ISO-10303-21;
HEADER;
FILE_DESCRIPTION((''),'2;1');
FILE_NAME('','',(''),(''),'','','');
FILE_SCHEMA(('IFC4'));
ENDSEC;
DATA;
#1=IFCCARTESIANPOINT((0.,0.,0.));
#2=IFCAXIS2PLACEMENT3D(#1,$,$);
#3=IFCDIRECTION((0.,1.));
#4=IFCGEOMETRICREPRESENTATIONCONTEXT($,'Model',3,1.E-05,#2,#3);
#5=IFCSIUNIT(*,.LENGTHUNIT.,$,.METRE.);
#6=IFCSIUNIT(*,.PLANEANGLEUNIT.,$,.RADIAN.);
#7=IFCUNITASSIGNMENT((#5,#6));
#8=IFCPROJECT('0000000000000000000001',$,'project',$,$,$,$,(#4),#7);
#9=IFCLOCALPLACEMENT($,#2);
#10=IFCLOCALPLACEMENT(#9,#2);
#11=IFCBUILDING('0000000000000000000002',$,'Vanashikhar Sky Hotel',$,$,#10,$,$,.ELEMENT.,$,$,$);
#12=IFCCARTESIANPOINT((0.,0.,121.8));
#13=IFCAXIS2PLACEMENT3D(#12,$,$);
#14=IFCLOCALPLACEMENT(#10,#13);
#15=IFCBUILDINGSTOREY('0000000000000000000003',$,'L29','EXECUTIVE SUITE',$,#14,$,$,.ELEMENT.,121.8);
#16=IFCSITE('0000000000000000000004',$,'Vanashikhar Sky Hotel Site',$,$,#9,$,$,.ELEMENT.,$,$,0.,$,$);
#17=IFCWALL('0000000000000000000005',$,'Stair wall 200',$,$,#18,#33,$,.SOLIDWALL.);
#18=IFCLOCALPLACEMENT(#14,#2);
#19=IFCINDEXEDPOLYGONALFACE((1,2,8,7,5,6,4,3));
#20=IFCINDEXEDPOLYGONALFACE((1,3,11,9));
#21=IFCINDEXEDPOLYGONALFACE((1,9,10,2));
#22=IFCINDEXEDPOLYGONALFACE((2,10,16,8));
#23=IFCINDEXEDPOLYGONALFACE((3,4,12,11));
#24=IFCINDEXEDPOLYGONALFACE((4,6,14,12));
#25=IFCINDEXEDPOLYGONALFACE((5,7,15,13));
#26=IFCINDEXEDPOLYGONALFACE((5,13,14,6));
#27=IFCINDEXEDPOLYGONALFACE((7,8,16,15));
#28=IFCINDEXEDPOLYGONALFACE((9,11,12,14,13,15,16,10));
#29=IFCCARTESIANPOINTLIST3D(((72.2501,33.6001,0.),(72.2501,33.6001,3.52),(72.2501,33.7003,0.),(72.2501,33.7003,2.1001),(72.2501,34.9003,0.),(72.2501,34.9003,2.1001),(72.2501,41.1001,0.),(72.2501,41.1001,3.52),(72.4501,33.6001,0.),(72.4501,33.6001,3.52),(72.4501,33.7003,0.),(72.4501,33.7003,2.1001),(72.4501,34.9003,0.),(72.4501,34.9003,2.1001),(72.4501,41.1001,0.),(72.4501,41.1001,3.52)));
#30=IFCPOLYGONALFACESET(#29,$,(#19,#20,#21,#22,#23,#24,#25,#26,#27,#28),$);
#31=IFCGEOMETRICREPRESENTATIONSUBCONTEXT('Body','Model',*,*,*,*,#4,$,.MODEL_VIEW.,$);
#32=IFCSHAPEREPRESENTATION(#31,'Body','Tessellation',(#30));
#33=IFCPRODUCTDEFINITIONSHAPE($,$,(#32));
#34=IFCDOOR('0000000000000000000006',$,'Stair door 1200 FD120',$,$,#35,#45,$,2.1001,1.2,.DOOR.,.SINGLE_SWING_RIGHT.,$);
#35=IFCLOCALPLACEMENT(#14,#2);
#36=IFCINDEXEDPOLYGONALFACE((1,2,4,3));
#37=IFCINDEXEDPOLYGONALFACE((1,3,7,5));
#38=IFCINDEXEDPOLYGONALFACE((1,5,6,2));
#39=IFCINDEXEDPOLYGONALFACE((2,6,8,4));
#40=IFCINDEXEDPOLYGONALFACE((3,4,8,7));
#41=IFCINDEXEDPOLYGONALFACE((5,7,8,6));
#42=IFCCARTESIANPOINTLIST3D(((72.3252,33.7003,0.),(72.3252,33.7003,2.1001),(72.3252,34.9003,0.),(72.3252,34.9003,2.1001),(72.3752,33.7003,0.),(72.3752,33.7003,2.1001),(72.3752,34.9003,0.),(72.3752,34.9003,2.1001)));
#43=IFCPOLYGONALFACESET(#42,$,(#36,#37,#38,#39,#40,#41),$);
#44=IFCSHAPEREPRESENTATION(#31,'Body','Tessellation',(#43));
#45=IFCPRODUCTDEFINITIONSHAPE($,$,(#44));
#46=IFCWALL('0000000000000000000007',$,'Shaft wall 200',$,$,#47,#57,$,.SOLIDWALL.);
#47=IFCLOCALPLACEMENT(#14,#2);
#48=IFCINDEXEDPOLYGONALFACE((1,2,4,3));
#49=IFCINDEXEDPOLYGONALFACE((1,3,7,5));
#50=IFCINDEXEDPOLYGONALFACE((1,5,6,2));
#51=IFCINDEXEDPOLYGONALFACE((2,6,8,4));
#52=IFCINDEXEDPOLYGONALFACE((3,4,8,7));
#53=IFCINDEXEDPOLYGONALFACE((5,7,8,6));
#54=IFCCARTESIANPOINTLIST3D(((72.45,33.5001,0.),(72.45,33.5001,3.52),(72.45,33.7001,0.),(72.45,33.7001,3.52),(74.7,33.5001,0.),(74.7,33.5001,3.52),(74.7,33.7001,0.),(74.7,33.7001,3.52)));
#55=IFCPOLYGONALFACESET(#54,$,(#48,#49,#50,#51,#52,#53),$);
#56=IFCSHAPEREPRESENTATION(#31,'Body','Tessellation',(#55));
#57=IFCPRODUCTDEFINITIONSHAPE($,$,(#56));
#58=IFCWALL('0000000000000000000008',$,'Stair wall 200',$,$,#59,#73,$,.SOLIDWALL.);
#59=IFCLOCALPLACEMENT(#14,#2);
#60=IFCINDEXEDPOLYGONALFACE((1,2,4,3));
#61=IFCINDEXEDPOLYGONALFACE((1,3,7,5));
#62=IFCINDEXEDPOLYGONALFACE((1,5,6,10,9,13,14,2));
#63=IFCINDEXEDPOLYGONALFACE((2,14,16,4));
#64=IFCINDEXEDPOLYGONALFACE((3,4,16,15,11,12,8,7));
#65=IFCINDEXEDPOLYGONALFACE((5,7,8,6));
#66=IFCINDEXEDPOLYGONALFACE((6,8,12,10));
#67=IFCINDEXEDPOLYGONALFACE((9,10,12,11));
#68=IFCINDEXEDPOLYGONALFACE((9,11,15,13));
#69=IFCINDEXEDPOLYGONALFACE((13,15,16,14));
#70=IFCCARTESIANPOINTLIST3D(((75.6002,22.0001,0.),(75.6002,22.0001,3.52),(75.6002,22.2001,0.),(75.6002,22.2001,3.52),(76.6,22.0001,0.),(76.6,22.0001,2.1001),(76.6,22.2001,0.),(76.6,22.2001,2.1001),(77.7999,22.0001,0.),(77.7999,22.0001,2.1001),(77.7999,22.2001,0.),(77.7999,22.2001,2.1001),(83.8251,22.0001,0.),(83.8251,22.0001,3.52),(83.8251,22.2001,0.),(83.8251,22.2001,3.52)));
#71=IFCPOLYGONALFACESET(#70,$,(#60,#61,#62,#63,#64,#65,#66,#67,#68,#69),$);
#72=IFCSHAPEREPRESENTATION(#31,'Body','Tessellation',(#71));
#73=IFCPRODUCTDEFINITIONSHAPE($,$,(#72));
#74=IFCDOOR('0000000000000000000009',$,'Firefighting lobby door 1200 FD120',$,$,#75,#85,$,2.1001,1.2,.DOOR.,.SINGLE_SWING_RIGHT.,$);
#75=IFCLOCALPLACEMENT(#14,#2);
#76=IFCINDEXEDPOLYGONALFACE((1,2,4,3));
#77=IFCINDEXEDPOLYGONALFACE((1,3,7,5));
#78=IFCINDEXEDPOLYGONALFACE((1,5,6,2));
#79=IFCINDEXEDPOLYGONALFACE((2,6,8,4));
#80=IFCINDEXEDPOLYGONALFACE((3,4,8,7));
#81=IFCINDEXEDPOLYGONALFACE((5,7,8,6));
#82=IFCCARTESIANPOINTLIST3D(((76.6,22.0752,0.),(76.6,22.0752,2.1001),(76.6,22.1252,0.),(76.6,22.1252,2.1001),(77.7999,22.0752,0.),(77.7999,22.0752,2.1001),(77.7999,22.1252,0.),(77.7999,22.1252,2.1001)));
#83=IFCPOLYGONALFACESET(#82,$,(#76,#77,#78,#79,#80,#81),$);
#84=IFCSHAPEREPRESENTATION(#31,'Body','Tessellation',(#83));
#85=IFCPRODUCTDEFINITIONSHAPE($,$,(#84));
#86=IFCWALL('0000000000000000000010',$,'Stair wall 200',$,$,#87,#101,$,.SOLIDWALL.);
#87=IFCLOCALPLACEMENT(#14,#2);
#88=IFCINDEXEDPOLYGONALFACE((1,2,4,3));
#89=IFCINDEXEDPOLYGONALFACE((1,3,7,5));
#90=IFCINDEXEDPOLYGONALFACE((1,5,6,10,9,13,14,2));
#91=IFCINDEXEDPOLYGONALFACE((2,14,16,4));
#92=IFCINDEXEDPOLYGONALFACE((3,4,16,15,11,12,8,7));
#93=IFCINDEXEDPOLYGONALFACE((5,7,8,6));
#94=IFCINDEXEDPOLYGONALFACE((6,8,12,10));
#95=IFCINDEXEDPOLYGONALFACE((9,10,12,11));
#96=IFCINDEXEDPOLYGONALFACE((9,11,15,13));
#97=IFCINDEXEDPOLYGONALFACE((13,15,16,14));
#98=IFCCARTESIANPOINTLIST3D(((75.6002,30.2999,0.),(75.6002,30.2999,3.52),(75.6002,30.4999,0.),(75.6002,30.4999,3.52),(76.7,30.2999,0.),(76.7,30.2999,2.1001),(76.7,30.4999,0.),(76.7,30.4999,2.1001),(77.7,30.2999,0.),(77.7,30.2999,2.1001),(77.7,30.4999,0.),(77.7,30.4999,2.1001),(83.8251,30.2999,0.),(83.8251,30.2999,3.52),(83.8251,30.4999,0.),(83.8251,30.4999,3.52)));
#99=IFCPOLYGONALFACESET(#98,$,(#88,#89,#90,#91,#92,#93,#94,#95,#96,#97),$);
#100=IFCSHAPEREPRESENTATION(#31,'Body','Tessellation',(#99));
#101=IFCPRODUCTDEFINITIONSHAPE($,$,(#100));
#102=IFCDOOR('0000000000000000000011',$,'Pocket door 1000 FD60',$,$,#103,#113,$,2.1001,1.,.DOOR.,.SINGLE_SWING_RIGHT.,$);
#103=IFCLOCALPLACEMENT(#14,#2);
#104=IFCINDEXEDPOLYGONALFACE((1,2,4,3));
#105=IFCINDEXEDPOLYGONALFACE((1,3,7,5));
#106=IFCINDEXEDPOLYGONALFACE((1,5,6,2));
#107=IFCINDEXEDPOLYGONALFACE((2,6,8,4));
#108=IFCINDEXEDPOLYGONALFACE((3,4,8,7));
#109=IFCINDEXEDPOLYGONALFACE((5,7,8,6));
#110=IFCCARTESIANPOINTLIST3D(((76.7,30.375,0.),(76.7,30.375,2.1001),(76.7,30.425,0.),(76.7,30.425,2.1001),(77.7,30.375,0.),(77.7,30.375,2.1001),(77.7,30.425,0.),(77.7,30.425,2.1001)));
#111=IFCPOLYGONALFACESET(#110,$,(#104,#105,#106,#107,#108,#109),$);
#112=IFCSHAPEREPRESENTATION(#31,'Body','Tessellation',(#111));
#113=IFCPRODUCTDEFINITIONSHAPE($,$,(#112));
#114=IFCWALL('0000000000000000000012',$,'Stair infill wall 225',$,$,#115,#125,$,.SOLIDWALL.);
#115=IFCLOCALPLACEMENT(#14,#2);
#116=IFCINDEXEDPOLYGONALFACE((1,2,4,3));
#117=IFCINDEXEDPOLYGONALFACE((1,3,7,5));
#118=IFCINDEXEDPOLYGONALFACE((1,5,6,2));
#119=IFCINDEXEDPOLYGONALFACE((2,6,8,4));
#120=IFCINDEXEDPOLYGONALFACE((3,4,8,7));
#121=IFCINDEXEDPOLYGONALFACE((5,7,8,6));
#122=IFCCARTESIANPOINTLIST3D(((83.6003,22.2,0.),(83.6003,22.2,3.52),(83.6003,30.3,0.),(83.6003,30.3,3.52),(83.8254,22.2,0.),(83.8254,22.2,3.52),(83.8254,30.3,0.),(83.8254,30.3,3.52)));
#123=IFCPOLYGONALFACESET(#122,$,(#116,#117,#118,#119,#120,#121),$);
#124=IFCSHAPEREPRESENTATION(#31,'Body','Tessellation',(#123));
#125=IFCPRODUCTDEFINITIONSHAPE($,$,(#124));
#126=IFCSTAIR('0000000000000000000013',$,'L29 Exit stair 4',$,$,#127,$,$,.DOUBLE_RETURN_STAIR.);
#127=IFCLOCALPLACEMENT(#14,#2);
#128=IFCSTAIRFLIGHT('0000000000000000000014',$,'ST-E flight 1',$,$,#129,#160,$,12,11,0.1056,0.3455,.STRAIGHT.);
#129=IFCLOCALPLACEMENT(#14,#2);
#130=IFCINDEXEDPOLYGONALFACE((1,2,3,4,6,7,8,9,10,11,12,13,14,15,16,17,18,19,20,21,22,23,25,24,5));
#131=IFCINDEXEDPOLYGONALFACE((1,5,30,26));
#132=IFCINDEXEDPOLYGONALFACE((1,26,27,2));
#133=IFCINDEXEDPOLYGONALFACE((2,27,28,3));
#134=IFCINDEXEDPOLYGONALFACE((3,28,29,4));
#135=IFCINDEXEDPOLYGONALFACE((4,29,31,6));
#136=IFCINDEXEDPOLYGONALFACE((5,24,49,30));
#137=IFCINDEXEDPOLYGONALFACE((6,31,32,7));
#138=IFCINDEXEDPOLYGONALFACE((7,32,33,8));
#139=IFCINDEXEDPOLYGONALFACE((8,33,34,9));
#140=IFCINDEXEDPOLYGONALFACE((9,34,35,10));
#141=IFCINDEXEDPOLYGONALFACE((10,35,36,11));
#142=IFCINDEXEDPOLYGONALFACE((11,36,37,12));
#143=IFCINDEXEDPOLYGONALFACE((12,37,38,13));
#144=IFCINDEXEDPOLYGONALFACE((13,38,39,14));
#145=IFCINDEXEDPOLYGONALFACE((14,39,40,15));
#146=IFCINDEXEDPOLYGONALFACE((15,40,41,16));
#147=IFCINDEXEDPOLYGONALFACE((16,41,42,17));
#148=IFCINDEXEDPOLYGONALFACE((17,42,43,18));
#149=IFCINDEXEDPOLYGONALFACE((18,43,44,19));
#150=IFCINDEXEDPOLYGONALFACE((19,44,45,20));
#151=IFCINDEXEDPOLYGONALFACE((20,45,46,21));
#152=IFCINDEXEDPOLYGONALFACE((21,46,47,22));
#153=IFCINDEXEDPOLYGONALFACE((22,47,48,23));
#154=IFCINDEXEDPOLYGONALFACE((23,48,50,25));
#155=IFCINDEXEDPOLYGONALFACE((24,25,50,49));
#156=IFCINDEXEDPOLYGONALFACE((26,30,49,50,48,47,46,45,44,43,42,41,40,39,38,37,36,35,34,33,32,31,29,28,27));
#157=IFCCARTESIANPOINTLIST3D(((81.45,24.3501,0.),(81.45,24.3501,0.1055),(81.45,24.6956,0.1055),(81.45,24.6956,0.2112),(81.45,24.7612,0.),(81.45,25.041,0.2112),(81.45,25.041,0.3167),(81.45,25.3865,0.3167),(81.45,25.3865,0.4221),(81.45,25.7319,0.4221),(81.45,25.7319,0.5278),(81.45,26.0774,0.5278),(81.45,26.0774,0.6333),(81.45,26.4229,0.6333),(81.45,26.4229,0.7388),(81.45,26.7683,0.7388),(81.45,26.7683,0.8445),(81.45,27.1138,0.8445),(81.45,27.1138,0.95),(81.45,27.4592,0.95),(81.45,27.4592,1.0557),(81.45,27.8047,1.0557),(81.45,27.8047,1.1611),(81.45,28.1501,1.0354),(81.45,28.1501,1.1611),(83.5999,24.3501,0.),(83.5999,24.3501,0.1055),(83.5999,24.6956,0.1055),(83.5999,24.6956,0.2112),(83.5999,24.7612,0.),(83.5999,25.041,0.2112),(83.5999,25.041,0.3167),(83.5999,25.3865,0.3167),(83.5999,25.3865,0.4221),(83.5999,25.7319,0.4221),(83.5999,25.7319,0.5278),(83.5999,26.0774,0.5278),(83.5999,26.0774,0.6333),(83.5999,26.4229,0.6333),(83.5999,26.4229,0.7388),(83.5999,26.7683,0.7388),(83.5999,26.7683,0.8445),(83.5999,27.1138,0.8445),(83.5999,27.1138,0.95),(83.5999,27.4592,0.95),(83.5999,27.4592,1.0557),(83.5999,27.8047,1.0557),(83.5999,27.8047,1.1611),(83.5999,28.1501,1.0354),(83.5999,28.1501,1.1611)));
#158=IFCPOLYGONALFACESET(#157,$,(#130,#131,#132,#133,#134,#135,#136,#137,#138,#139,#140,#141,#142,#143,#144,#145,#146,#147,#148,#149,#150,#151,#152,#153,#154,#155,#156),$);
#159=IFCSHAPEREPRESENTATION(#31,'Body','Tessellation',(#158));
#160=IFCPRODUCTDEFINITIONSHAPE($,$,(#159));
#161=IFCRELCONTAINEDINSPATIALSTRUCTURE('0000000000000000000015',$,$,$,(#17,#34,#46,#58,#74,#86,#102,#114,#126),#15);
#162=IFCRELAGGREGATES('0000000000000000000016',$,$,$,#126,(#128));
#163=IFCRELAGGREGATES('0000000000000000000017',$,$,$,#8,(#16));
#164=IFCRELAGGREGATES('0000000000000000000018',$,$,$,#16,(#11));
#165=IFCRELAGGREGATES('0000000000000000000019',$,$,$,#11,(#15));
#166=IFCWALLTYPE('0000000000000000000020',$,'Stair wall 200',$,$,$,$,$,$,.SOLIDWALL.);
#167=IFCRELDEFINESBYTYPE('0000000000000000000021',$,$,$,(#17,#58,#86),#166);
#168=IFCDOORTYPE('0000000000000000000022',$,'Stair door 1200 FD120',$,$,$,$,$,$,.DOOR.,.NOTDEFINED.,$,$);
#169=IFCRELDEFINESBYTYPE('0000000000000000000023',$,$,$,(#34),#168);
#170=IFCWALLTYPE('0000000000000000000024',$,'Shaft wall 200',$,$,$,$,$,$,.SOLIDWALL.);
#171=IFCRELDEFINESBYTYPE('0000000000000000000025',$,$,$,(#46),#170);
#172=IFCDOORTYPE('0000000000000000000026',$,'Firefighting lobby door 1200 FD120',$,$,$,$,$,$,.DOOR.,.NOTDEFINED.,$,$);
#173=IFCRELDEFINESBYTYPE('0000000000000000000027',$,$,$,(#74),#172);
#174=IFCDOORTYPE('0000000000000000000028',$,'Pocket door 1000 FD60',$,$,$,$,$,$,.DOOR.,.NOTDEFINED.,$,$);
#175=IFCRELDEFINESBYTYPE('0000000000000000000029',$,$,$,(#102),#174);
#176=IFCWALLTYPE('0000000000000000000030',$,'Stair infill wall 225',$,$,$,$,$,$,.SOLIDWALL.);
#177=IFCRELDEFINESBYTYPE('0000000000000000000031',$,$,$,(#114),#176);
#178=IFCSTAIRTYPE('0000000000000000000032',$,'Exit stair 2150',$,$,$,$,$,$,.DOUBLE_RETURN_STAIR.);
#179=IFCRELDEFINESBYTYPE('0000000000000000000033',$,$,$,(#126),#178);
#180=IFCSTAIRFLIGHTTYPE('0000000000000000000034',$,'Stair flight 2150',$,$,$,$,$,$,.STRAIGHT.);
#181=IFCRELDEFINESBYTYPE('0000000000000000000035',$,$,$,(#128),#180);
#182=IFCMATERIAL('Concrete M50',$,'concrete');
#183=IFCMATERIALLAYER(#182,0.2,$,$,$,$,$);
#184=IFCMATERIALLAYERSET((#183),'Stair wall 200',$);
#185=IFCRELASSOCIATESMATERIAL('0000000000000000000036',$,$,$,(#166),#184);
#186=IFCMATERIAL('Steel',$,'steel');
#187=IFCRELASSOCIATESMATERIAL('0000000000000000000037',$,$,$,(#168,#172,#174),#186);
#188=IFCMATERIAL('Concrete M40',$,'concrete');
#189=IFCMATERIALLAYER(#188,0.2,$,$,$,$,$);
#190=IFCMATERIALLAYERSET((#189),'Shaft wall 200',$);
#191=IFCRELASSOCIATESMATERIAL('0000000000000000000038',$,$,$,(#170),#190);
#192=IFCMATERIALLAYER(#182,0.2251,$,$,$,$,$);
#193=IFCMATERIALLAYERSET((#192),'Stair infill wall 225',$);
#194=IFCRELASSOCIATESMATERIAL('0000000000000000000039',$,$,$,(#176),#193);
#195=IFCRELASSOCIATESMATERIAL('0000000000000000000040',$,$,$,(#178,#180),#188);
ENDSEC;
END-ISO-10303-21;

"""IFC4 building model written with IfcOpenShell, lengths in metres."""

from ifc_helpers import new_model, si_unit, direction, frame, frame_2d, origin, place, context, subcontext, project, spatial, polyline, rectangle, outline, extrude, source, transform, mapped, material, layer, layer_set, type_object, element, fill, aggregate, save


model = new_model("IFC4")

# Units and contexts
model_context = context("Model", 3, precision=1e-05, world=origin(), true_north=direction((0.0, 1.0)))
body_context = subcontext(model_context, "Body", "Model", "MODEL_VIEW")
ifc_project = project(units=[si_unit("LENGTHUNIT", "METRE"), si_unit("PLANEANGLEUNIT", "RADIAN")], contexts=[model_context])

# Site, building, storey
site_placement = place(None, origin())
site = spatial("IfcSite", under=ifc_project, at=site_placement, Name="Vanashikhar Sky Hotel Site", CompositionType="ELEMENT", RefElevation=0.0)
building_placement = place(site_placement, origin())
building = spatial("IfcBuilding", under=site, at=building_placement, Name="Vanashikhar Sky Hotel", CompositionType="ELEMENT")
storey_placement = place(building_placement, frame((0.0, 0.0, 121.8)))
storey = spatial("IfcBuildingStorey", under=building, at=storey_placement, Name="L29", Description="EXECUTIVE SUITE", CompositionType="ELEMENT", Elevation=121.8)

# Shared definitions
ifc_material_1 = material(Name="Concrete M50", Category="concrete")

# Shared definitions
ifc_material_2 = material(Name="Steel", Category="steel")
shared_shape_1 = source(origin(), body_context, "Body", "SweptSolid", [
    extrude(rectangle(XDim=1.0, YDim=2.1001, at=frame_2d((0.5, 1.05))), frame((0.0, 0.0249, 0.0), z_axis=(0.0, -1.0, 0.0), x_axis=(1.0, 0.0, 0.0)), (0.0, 0.0, 1.0), 0.05),
])
shared_shape_2 = source(origin(), body_context, "Body", "SweptSolid", [
    extrude(rectangle(XDim=1.2, YDim=2.1001, at=frame_2d((0.6001, 1.05))), frame((0.0, 0.0249, 0.0), z_axis=(0.0, -1.0, 0.0), x_axis=(1.0, 0.0, 0.0)), (0.0, 0.0, 1.0), 0.05),
])

# Shared definitions
ifc_layer_1 = layer(ifc_material_1, 0.2)
ifc_layer_set_1 = layer_set([ifc_layer_1], Name="Stair wall 200")
wall_type_1 = type_object("IfcWallType", Name="Stair wall 200", PredefinedType="SOLIDWALL", material=ifc_layer_set_1)
shared_shape_3 = source(origin(), body_context, "Body", "SweptSolid", [
    extrude(rectangle(XDim=1.2, YDim=2.1001, at=frame_2d((0.6001, 1.05))), frame((0.0, 0.1099, 0.0), z_axis=(0.0, -1.0, 0.0), x_axis=(1.0, 0.0, 0.0)), (0.0, 0.0, 1.0), 0.22),
])
door_type_1 = type_object("IfcDoorType", Name="Stair door 1200 FD120", OperationType="NOTDEFINED", PredefinedType="DOOR", material=ifc_material_2)

# Shared definitions
ifc_material_3 = material(Name="Concrete M40", Category="concrete")
ifc_layer_2 = layer(ifc_material_3, 0.2)
ifc_layer_set_2 = layer_set([ifc_layer_2], Name="Shaft wall 200")
wall_type_2 = type_object("IfcWallType", Name="Shaft wall 200", PredefinedType="SOLIDWALL", material=ifc_layer_set_2)

# Wall, opening, door
shared_shape_4 = source(origin(), body_context, "Body", "SweptSolid", [
    extrude(rectangle(XDim=7.5, YDim=0.2, at=frame_2d((3.75, 0.0))), origin(), (0.0, 0.0, 1.0), 3.52),
])
wall_1_placement = place(storey_placement, frame((72.3501, 33.6001, 0.0), z_axis=(0.0, 0.0, 1.0), x_axis=(0.0, 1.0, 0.0)))
wall_1 = element("IfcWall", 1, at=wall_1_placement, inside=storey, type_object=wall_type_1, Name="Stair wall 200", PredefinedType="SOLIDWALL", context=body_context, shape_type="MappedRepresentation", body=[
    mapped(shared_shape_4, transform((0.0, 0.0, 0.0), scale=1.0)),
])
opening_1_placement = place(wall_1_placement, frame((0.1001, 0.0, 0.0)))
opening_1 = element("IfcOpeningElement", 2, at=opening_1_placement, cuts=wall_1, PredefinedType="OPENING", context=body_context, shape_type="MappedRepresentation", body=[
    mapped(shared_shape_3, transform((0.0, 0.0, 0.0), scale=1.0)),
])
door_1_placement = place(opening_1_placement, origin())
door_1 = element("IfcDoor", 3, at=door_1_placement, inside=storey, type_object=door_type_1, Name="Stair door 1200 FD120", OperationType="SINGLE_SWING_RIGHT", OverallHeight=2.1001, OverallWidth=1.2, PredefinedType="DOOR", context=body_context, shape_type="MappedRepresentation", body=[
    mapped(shared_shape_2, transform((0.0, 0.0, 0.0), scale=1.0)),
])
fill(opening_1, door_1)

# Wall
shared_shape_5 = source(origin(), body_context, "Body", "SweptSolid", [
    extrude(rectangle(XDim=2.25, YDim=0.2, at=frame_2d((1.125, 0.0))), origin(), (0.0, 0.0, 1.0), 3.52),
])
wall_2_placement = place(storey_placement, frame((72.45, 33.6001, 0.0), z_axis=(0.0, 0.0, 1.0), x_axis=(1.0, 0.0, 0.0)))
element("IfcWall", 4, at=wall_2_placement, inside=storey, type_object=wall_type_2, Name="Shaft wall 200", PredefinedType="SOLIDWALL", context=body_context, shape_type="MappedRepresentation", body=[
    mapped(shared_shape_5, transform((0.0, 0.0, 0.0), scale=1.0)),
])

# Walls, openings, doors
shared_shape_6 = source(origin(), body_context, "Body", "SweptSolid", [
    extrude(rectangle(XDim=8.2249, YDim=0.2, at=frame_2d((4.1123, 0.0))), origin(), (0.0, 0.0, 1.0), 3.52),
])
wall_3_placement = place(storey_placement, frame((83.825, 22.1001, 0.0), z_axis=(0.0, 0.0, 1.0), x_axis=(-1.0, 0.0, 0.0)))
wall_3 = element("IfcWall", 5, at=wall_3_placement, inside=storey, type_object=wall_type_1, Name="Stair wall 200", PredefinedType="SOLIDWALL", context=body_context, shape_type="MappedRepresentation", body=[
    mapped(shared_shape_6, transform((0.0, 0.0, 0.0), scale=1.0)),
])
opening_2_placement = place(wall_3_placement, frame((6.0249, 0.0, 0.0)))
opening_2 = element("IfcOpeningElement", 6, at=opening_2_placement, cuts=wall_3, PredefinedType="OPENING", context=body_context, shape_type="MappedRepresentation", body=[
    mapped(shared_shape_3, transform((0.0, 0.0, 0.0), scale=1.0)),
])
door_type_2 = type_object("IfcDoorType", Name="Firefighting lobby door 1200 FD120", OperationType="NOTDEFINED", PredefinedType="DOOR", material=ifc_material_2)
door_2_placement = place(opening_2_placement, origin())
door_2 = element("IfcDoor", 7, at=door_2_placement, inside=storey, type_object=door_type_2, Name="Firefighting lobby door 1200 FD120", OperationType="SINGLE_SWING_RIGHT", OverallHeight=2.1001, OverallWidth=1.2, PredefinedType="DOOR", context=body_context, shape_type="MappedRepresentation", body=[
    mapped(shared_shape_2, transform((0.0, 0.0, 0.0), scale=1.0)),
])
fill(opening_2, door_2)
wall_4_placement = place(storey_placement, frame((83.825, 30.3999, 0.0), z_axis=(0.0, 0.0, 1.0), x_axis=(-1.0, 0.0, 0.0)))
wall_4 = element("IfcWall", 8, at=wall_4_placement, inside=storey, type_object=wall_type_1, Name="Stair wall 200", PredefinedType="SOLIDWALL", context=body_context, shape_type="MappedRepresentation", body=[
    mapped(shared_shape_6, transform((0.0, 0.0, 0.0), scale=1.0)),
])
shared_shape_7 = source(origin(), body_context, "Body", "SweptSolid", [
    extrude(rectangle(XDim=1.0, YDim=2.1001, at=frame_2d((0.5, 1.05))), frame((0.0, 0.1099, 0.0), z_axis=(0.0, -1.0, 0.0), x_axis=(1.0, 0.0, 0.0)), (0.0, 0.0, 1.0), 0.22),
])
opening_3_placement = place(wall_4_placement, frame((6.125, 0.0, 0.0)))
opening_3 = element("IfcOpeningElement", 9, at=opening_3_placement, cuts=wall_4, PredefinedType="OPENING", context=body_context, shape_type="MappedRepresentation", body=[
    mapped(shared_shape_7, transform((0.0, 0.0, 0.0), scale=1.0)),
])
door_type_3 = type_object("IfcDoorType", Name="Pocket door 1000 FD60", OperationType="NOTDEFINED", PredefinedType="DOOR", material=ifc_material_2)
door_3_placement = place(opening_3_placement, origin())
door_3 = element("IfcDoor", 10, at=door_3_placement, inside=storey, type_object=door_type_3, Name="Pocket door 1000 FD60", OperationType="SINGLE_SWING_RIGHT", OverallHeight=2.1001, OverallWidth=1.0, PredefinedType="DOOR", context=body_context, shape_type="MappedRepresentation", body=[
    mapped(shared_shape_1, transform((0.0, 0.0, 0.0), scale=1.0)),
])
fill(opening_3, door_3)

# Wall
ifc_layer_3 = layer(ifc_material_1, 0.2251)
ifc_layer_set_3 = layer_set([ifc_layer_3], Name="Stair infill wall 225")
wall_type_3 = type_object("IfcWallType", Name="Stair infill wall 225", PredefinedType="SOLIDWALL", material=ifc_layer_set_3)
shared_shape_8 = source(origin(), body_context, "Body", "SweptSolid", [
    extrude(rectangle(XDim=8.1001, YDim=0.2251, at=frame_2d((4.05, 0.0))), origin(), (0.0, 0.0, 1.0), 3.52),
])
wall_5_placement = place(storey_placement, frame((83.7129, 22.2, 0.0), z_axis=(0.0, 0.0, 1.0), x_axis=(0.0, 1.0, 0.0)))
element("IfcWall", 11, at=wall_5_placement, inside=storey, type_object=wall_type_3, Name="Stair infill wall 225", PredefinedType="SOLIDWALL", context=body_context, shape_type="MappedRepresentation", body=[
    mapped(shared_shape_8, transform((0.0, 0.0, 0.0), scale=1.0)),
])

# Stair, stair flight
stair_type = type_object("IfcStairType", Name="Exit stair 2150", PredefinedType="DOUBLE_RETURN_STAIR", material=ifc_material_3)
stair_placement = place(storey_placement, origin())
stair = element("IfcStair", 12, at=stair_placement, inside=storey, type_object=stair_type, Name="L29 Exit stair 4", PredefinedType="DOUBLE_RETURN_STAIR")
stair_flight_type = type_object("IfcStairFlightType", Name="Stair flight 2150", PredefinedType="STRAIGHT", material=ifc_material_3)
shared_shape_9 = source(origin(), body_context, "Body", "SweptSolid", [
    extrude(outline(polyline([(0.0, 0.0), (0.0, 0.1055), (0.3455, 0.1055), (0.3455, 0.2112), (0.6909, 0.2112), (0.6909, 0.3167), (1.0364, 0.3167), (1.0364, 0.4221), (1.3818, 0.4221), (1.3818, 0.5278), (1.7273, 0.5278), (1.7273, 0.6333), (2.0728, 0.6333), (2.0728, 0.7388), (2.4182, 0.7388), (2.4182, 0.8445), (2.7637, 0.8445), (2.7637, 0.95), (3.1091, 0.95), (3.1091, 1.0557), (3.4546, 1.0557), (3.4546, 1.1611), (3.8, 1.1611), (3.8, 1.2666), (3.8, 1.0354), (0.4111, 0.0), (0.0, 0.0)])), frame((0.0, 1.075, 0.0), z_axis=(0.0, -1.0, 0.0), x_axis=(1.0, 0.0, 0.0)), (0.0, 0.0, 1.0), 2.1499),
])
stair_flight_1_placement = place(storey_placement, frame((82.5249, 24.3501, 0.0), z_axis=(0.0, 0.0, 1.0), x_axis=(0.0, 1.0, 0.0)))
stair_flight_1 = element("IfcStairFlight", 13, at=stair_flight_1_placement, type_object=stair_flight_type, Name="ST-E flight 1", NumberOfRisers=12, NumberOfTreads=11, PredefinedType="STRAIGHT", RiserHeight=0.1056, TreadLength=0.3455, context=body_context, shape_type="MappedRepresentation", body=[
    mapped(shared_shape_9, transform((0.0, 0.0, 0.0), scale=1.0)),
])
aggregate(stair, [stair_flight_1])

save(model, "model.ifc")
